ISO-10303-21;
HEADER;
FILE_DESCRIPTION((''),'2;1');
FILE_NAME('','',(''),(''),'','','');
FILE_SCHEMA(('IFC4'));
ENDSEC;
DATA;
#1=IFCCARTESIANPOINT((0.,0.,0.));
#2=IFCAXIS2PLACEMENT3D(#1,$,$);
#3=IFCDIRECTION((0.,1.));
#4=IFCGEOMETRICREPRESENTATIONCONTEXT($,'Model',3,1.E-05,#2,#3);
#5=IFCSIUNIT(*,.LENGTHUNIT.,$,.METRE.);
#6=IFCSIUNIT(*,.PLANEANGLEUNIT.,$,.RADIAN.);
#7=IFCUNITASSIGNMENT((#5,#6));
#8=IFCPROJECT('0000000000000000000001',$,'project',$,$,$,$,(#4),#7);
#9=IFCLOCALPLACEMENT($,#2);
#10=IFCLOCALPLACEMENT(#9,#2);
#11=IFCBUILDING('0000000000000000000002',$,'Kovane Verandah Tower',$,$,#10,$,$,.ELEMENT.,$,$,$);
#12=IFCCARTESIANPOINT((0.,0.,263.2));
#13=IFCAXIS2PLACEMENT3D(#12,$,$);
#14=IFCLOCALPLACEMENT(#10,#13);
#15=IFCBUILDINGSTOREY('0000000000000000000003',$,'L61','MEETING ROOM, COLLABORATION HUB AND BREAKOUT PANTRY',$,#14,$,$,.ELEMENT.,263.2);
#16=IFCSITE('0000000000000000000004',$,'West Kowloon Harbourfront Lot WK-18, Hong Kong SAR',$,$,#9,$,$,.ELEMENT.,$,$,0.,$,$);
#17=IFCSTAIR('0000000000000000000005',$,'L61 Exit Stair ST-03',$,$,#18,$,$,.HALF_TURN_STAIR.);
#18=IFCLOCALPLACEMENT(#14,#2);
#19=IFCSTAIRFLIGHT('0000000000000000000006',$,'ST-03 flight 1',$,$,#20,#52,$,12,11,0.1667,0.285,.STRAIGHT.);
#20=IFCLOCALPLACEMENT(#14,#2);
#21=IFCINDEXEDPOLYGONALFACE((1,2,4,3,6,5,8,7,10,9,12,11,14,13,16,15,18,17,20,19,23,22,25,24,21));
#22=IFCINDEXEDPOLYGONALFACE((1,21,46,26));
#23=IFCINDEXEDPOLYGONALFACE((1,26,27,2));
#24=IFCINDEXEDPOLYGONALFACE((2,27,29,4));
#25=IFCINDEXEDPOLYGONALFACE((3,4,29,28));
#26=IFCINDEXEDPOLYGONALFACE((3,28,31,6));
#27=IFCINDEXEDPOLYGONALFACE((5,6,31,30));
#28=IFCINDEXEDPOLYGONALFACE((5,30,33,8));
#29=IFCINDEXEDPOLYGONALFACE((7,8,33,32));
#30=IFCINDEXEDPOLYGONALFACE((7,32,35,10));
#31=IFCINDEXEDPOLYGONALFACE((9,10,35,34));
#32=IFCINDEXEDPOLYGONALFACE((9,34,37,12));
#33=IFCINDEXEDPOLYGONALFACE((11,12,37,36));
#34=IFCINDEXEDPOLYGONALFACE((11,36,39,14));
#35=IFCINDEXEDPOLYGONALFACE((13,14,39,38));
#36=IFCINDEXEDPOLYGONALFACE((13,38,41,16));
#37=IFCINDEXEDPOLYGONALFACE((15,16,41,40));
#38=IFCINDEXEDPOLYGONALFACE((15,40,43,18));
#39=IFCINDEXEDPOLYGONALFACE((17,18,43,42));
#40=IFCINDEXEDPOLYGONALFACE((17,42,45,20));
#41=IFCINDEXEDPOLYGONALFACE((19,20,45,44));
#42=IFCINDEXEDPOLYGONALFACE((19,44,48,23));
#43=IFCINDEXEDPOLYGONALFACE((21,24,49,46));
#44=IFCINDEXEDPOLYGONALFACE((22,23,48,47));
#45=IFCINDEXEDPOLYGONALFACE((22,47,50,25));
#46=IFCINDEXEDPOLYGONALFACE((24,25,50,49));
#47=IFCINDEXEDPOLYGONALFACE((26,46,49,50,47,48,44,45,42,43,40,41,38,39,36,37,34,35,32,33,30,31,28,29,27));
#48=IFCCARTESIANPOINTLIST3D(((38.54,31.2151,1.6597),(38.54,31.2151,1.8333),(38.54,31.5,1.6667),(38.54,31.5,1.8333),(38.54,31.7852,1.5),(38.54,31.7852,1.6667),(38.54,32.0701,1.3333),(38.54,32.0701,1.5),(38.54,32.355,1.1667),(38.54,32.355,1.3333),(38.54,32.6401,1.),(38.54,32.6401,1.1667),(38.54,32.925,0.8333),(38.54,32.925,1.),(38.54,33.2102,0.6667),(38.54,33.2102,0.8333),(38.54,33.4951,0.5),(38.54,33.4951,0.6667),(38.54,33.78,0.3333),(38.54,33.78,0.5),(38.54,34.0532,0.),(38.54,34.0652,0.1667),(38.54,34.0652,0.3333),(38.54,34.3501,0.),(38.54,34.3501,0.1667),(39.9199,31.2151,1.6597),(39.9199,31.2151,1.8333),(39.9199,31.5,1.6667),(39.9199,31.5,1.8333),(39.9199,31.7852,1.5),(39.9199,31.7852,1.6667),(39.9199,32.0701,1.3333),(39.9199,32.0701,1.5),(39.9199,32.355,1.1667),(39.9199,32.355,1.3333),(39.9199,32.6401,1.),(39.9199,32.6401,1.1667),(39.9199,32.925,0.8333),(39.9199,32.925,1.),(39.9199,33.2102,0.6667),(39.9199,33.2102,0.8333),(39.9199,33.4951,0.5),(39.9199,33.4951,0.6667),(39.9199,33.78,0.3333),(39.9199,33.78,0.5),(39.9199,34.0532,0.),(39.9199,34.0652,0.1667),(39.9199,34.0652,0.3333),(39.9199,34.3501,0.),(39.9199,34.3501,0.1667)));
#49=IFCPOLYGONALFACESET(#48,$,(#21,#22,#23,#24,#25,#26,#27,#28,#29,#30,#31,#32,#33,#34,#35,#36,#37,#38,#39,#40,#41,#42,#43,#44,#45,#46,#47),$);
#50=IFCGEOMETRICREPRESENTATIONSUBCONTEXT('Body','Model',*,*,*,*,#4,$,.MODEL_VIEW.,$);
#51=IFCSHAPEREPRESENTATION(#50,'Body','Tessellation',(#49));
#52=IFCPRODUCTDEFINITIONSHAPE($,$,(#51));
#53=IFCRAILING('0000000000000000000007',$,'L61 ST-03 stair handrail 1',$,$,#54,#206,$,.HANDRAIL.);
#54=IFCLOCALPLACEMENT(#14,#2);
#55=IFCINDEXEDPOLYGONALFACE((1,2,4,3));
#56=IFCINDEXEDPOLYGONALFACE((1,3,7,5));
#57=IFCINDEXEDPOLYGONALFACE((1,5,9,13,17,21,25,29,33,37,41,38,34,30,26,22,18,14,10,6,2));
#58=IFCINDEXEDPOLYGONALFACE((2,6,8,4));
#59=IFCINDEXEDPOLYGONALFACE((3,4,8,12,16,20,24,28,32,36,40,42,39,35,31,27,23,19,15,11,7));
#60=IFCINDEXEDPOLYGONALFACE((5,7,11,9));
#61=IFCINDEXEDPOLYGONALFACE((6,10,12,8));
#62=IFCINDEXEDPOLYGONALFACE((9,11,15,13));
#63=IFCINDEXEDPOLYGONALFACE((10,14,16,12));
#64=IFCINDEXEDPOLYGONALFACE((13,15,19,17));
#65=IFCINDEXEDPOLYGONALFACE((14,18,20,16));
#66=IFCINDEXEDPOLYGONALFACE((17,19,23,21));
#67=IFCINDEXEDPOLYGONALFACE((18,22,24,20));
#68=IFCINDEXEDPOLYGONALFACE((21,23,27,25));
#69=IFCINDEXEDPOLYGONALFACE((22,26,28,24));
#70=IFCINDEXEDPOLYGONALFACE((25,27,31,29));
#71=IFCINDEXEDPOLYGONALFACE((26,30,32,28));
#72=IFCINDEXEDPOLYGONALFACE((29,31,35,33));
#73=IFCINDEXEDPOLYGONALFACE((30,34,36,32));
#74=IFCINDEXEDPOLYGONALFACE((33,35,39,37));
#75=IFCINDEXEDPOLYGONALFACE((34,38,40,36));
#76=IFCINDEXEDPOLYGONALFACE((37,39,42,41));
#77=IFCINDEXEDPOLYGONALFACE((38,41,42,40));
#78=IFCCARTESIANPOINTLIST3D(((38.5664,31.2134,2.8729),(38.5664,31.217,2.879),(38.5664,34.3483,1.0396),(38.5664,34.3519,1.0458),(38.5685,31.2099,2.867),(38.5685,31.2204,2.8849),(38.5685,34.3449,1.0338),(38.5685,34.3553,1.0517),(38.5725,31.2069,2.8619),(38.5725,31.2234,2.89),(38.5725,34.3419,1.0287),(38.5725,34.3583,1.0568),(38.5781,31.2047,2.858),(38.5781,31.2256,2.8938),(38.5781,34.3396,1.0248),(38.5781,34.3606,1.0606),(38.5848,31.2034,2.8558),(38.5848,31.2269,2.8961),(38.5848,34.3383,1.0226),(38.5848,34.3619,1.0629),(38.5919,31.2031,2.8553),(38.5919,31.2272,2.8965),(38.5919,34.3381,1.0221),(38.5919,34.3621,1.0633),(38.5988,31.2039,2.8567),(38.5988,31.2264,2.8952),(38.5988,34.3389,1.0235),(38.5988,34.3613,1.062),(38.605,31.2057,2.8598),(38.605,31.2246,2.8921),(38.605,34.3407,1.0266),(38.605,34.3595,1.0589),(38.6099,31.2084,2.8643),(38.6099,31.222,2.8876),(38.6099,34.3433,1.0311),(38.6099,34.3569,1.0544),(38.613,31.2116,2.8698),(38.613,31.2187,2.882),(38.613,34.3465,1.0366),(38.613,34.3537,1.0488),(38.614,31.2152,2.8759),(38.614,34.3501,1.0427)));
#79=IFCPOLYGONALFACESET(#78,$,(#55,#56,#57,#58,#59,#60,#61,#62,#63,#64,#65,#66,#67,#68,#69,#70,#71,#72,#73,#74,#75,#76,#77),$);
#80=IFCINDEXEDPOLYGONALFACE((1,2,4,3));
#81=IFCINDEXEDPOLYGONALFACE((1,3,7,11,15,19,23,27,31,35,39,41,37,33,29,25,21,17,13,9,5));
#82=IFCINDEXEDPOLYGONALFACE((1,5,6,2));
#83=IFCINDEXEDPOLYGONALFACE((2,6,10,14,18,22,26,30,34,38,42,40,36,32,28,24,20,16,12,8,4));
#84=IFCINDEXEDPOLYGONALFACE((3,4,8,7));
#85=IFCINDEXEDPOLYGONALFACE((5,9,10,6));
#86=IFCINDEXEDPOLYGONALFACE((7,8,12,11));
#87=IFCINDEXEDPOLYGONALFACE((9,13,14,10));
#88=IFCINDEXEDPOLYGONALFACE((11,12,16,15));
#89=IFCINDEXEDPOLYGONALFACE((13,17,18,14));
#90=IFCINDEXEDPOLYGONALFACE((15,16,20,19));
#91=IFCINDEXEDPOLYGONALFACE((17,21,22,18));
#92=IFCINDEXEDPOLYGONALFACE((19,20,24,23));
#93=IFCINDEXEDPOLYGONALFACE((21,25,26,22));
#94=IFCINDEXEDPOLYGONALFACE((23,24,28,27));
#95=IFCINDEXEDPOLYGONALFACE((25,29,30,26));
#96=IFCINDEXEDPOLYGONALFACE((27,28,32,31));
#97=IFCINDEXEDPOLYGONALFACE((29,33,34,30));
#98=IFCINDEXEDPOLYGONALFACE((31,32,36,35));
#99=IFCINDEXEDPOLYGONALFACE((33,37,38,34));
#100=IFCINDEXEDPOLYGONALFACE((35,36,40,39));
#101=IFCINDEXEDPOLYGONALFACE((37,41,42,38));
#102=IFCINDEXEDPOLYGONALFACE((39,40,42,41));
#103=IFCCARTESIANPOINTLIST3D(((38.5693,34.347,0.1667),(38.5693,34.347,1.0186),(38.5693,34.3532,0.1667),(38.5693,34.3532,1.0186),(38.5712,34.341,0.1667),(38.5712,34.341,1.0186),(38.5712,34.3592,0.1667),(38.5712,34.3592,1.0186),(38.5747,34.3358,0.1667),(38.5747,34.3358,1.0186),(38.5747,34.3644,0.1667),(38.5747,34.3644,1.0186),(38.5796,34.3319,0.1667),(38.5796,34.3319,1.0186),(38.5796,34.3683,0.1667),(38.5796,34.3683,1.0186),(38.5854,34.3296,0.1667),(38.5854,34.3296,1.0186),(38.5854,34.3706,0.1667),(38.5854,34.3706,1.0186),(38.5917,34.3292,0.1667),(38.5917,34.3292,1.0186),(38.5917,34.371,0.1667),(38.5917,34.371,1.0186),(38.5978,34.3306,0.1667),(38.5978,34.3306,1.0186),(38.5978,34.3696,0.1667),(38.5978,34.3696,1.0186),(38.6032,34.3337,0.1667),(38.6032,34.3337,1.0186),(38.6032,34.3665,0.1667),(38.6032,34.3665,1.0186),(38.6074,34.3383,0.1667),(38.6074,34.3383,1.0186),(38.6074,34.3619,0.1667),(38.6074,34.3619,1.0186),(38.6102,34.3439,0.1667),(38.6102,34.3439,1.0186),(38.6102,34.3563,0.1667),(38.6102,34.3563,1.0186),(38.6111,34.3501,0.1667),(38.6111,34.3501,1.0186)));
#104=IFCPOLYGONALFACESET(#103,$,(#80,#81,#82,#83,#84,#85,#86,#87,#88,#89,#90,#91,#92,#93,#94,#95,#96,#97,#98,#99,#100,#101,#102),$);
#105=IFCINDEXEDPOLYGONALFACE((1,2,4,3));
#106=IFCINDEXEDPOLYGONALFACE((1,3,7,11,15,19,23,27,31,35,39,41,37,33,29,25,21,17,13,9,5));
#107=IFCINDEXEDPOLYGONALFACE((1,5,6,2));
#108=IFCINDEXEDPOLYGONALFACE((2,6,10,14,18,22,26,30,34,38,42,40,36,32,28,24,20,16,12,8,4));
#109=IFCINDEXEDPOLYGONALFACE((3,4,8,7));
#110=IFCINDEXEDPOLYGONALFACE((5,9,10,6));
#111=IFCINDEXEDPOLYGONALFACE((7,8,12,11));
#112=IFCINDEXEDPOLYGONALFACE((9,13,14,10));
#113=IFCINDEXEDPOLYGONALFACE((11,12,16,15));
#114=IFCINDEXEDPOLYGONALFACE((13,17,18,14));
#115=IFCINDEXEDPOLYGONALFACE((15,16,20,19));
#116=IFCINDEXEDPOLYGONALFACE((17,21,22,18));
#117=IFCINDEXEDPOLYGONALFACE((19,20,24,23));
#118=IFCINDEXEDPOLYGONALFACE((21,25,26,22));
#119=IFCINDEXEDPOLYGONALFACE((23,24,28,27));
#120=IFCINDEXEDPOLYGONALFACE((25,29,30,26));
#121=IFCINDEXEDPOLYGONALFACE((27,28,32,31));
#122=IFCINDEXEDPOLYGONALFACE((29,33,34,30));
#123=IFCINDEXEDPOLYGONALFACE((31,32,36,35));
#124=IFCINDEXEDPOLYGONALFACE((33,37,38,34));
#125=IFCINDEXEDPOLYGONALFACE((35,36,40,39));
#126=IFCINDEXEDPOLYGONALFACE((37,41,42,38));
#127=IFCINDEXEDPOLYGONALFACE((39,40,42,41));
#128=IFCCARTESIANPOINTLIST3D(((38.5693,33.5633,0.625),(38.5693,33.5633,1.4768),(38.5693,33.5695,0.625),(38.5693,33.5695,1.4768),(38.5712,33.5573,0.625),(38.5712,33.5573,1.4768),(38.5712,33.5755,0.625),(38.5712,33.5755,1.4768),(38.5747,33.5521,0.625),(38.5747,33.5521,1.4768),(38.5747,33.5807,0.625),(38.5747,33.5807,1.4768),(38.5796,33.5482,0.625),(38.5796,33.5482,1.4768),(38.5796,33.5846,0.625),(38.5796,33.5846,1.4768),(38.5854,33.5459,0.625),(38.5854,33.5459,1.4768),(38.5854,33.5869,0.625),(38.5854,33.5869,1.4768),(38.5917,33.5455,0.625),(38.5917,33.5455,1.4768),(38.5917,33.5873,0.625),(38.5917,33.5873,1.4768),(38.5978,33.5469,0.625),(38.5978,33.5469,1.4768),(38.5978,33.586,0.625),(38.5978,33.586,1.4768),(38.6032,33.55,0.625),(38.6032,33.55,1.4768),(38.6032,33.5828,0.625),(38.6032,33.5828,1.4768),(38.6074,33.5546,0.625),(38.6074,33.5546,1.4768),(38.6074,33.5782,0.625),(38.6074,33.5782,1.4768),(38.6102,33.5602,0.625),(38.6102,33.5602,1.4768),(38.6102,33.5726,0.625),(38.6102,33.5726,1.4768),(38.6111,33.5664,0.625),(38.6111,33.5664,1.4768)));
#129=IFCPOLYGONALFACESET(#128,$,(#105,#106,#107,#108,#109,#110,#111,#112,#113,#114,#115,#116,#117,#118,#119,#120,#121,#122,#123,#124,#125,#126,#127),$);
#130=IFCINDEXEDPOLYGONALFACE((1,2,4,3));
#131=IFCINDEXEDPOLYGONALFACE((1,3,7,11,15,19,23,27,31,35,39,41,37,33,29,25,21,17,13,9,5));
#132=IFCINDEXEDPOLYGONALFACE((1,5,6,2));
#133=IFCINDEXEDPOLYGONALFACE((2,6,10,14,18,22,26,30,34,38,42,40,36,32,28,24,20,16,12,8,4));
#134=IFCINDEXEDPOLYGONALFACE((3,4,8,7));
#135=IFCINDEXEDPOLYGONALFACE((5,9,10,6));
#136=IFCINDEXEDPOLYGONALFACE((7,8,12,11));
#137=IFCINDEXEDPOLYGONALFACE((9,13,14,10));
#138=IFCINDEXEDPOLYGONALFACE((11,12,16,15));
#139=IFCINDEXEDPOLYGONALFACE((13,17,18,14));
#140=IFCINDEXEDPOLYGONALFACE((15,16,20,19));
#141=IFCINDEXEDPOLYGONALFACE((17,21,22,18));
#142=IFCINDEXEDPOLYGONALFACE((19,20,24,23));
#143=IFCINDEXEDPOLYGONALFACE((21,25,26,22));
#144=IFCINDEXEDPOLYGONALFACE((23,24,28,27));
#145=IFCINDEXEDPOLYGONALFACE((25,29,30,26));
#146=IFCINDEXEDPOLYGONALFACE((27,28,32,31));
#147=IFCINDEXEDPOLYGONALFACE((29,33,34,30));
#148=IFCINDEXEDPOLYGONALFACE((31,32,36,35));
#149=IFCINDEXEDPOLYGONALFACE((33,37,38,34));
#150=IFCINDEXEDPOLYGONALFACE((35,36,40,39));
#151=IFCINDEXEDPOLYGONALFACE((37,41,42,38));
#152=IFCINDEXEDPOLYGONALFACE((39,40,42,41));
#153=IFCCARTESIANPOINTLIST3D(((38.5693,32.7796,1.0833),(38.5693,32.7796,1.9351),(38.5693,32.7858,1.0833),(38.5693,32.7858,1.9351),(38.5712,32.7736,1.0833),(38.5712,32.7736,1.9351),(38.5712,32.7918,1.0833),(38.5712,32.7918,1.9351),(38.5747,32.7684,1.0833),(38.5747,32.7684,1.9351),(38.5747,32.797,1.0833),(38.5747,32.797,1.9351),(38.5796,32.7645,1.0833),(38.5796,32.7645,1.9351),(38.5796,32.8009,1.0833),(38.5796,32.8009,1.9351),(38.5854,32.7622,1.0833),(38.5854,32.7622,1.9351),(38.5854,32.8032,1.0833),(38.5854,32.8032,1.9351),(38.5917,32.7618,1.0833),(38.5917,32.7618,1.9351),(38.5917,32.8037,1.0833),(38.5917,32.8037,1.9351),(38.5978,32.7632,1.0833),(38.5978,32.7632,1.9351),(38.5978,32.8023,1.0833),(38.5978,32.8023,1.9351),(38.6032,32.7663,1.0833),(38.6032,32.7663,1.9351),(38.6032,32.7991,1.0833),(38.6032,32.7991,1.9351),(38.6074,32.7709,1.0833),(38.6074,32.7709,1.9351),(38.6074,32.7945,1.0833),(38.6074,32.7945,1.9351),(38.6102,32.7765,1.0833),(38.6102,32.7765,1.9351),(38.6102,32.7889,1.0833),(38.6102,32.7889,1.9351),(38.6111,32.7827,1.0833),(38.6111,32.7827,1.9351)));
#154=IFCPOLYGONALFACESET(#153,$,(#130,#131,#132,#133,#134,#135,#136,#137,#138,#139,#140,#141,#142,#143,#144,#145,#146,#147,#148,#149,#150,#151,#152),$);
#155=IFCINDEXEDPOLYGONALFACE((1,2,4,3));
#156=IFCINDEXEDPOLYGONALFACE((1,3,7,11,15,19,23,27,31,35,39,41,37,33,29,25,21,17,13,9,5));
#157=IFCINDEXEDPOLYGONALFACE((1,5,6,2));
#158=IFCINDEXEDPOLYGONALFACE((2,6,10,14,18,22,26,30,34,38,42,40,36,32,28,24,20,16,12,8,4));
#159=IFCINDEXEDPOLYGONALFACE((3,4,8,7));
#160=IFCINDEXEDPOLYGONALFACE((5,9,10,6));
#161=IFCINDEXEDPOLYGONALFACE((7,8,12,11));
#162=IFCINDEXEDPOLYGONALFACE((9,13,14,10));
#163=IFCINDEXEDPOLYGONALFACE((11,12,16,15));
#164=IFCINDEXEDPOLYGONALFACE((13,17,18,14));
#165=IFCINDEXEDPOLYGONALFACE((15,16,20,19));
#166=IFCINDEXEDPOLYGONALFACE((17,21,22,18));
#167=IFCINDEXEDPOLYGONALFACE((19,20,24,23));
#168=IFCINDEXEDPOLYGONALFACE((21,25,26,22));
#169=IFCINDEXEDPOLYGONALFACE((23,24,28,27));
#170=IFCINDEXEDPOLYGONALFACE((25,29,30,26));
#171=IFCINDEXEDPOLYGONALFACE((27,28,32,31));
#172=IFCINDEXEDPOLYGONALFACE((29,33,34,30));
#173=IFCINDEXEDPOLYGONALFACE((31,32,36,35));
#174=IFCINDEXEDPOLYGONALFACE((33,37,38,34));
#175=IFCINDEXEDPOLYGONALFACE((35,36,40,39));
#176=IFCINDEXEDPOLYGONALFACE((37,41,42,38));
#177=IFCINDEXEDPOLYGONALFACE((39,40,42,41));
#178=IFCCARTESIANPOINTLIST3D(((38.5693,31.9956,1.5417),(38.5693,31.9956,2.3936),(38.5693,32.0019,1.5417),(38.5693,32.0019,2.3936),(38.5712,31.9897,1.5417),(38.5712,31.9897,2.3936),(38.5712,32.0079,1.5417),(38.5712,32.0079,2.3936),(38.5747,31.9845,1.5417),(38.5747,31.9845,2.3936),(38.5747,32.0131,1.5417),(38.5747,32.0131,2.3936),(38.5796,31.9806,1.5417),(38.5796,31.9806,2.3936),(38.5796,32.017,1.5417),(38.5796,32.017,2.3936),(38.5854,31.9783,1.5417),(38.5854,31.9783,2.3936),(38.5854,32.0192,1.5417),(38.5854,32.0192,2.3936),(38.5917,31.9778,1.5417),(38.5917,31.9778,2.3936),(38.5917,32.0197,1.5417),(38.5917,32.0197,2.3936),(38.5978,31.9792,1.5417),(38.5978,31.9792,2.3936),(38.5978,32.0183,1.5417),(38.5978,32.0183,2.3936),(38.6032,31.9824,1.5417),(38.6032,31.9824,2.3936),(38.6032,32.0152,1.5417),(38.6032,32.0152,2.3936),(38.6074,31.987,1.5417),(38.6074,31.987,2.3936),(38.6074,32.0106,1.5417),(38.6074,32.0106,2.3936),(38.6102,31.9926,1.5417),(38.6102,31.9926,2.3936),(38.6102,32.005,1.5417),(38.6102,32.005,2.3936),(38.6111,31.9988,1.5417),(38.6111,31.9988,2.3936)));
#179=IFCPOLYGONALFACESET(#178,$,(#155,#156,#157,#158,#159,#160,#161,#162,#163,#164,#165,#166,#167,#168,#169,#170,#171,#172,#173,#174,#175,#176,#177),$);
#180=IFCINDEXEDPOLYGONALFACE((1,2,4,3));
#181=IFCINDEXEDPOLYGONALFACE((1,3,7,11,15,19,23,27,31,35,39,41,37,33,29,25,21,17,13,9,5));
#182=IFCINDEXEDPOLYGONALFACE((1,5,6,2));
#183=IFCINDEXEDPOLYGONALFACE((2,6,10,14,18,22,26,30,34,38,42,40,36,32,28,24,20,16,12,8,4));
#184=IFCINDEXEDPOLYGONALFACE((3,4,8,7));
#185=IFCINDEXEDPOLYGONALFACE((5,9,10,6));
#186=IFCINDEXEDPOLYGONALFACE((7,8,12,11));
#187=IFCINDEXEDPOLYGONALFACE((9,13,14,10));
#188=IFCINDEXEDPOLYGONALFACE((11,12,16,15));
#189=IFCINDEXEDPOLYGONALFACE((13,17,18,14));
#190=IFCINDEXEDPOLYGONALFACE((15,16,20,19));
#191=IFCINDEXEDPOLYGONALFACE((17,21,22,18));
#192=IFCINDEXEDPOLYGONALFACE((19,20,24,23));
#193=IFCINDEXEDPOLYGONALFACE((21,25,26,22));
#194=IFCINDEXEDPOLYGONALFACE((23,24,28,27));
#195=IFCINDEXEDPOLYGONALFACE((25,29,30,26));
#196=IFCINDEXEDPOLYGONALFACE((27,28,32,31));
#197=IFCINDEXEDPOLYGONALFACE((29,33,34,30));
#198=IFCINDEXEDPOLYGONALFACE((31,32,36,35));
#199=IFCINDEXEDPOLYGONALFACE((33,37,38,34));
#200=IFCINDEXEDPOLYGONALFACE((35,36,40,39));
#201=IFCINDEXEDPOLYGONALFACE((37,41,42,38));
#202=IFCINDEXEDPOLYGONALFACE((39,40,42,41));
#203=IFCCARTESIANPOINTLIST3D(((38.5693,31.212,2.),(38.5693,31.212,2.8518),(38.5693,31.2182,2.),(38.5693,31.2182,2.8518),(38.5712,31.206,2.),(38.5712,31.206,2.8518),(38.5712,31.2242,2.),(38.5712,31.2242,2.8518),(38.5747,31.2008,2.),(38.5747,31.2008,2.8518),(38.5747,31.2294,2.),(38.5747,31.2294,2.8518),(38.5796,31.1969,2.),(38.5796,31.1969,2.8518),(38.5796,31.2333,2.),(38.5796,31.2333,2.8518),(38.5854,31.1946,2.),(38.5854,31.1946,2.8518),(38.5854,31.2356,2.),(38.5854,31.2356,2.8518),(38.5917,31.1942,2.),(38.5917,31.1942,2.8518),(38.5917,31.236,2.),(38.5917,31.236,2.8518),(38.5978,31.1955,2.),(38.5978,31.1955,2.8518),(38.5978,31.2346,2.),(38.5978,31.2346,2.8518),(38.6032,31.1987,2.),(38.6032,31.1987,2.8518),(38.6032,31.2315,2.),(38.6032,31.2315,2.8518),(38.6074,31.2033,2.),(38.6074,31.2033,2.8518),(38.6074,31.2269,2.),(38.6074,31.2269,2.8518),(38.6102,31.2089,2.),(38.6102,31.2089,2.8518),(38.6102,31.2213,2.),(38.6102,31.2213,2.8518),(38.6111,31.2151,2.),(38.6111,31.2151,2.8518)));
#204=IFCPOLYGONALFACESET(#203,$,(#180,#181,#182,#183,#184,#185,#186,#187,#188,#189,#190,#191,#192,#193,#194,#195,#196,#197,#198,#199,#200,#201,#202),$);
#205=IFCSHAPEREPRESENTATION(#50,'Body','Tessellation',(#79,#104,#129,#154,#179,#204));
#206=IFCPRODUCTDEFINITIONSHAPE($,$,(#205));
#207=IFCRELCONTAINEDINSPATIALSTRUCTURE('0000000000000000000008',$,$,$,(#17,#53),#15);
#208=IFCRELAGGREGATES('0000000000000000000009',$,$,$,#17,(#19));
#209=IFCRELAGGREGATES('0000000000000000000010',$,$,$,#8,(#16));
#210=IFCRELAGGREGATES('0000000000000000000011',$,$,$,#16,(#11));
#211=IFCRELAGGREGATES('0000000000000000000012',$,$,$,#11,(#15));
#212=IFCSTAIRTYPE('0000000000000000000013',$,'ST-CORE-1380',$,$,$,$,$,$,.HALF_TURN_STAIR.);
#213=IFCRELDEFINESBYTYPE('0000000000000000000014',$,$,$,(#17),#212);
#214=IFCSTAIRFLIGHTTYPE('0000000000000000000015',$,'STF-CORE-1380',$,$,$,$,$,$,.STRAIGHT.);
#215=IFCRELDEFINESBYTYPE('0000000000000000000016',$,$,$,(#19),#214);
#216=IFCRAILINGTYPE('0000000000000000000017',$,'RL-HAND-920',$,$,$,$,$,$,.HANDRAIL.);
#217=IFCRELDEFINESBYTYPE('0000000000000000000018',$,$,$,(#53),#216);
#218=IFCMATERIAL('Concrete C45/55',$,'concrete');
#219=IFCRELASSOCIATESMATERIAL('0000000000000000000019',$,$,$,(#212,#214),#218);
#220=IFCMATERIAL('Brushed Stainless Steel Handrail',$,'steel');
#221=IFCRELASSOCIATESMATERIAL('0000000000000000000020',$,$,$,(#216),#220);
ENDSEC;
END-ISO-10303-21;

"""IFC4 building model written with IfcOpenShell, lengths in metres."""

from ifc_helpers import new_model, si_unit, direction, frame, origin, origin_2d, place, context, subcontext, project, spatial, polyline, circle, outline, extrude, material, type_object, element, aggregate, save


model = new_model("IFC4")

# Units and contexts
model_context = context("Model", 3, precision=1e-05, world=origin(), true_north=direction((0.0, 1.0)))
body_context = subcontext(model_context, "Body", "Model", "MODEL_VIEW")
ifc_project = project(units=[si_unit("LENGTHUNIT", "METRE"), si_unit("PLANEANGLEUNIT", "RADIAN")], contexts=[model_context])

# Site, building, storey
site_placement = place(None, origin())
site = spatial("IfcSite", under=ifc_project, at=site_placement, Name="West Kowloon Harbourfront Lot WK-18, Hong Kong SAR", CompositionType="ELEMENT", RefElevation=0.0)
building_placement = place(site_placement, origin())
building = spatial("IfcBuilding", under=site, at=building_placement, Name="Kovane Verandah Tower", CompositionType="ELEMENT")
storey_placement = place(building_placement, frame((0.0, 0.0, 263.2)))
storey = spatial("IfcBuildingStorey", under=building, at=storey_placement, Name="L61", Description="MEETING ROOM, COLLABORATION HUB AND BREAKOUT PANTRY", CompositionType="ELEMENT", Elevation=263.2)

# Stair, stair flight
ifc_material_1 = material(Name="Concrete C45/55", Category="concrete")
stair_type = type_object("IfcStairType", Name="ST-CORE-1380", PredefinedType="HALF_TURN_STAIR", material=ifc_material_1)
stair_placement = place(storey_placement, origin())
stair = element("IfcStair", 1, at=stair_placement, inside=storey, type_object=stair_type, Name="L61 Exit Stair ST-03", PredefinedType="HALF_TURN_STAIR")
stair_flight_type = type_object("IfcStairFlightType", Name="STF-CORE-1380", PredefinedType="STRAIGHT", material=ifc_material_1)
stair_flight_placement = place(storey_placement, frame((39.23, 34.3501, 0.0), z_axis=(0.0, 0.0, 1.0), x_axis=(0.0, -1.0, 0.0)))
stair_flight = element("IfcStairFlight", 2, at=stair_flight_placement, type_object=stair_flight_type, Name="ST-03 flight 1", NumberOfRisers=12, NumberOfTreads=11, PredefinedType="STRAIGHT", RiserHeight=0.1667, TreadLength=0.285, context=body_context, shape_type="SweptSolid", body=[
    extrude(outline(polyline([(0.0, 0.0), (0.0, 0.1667), (0.2849, 0.1667), (0.2849, 0.3333), (0.5701, 0.3333), (0.5701, 0.5), (0.855, 0.5), (0.855, 0.6667), (1.1399, 0.6667), (1.1399, 0.8333), (1.425, 0.8333), (1.425, 1.0), (1.71, 1.0), (1.71, 1.1667), (1.9951, 1.1667), (1.9951, 1.3333), (2.28, 1.3333), (2.28, 1.5), (2.5649, 1.5), (2.5649, 1.6667), (2.8501, 1.6667), (2.8501, 1.8333), (3.135, 1.8333), (3.135, 2.0), (3.135, 1.6597), (0.2969, 0.0), (0.0, 0.0)])), frame((0.0, 0.6899, 0.0), z_axis=(0.0, -1.0, 0.0), x_axis=(1.0, 0.0, 0.0)), (0.0, 0.0, 1.0), 1.3799),
])
aggregate(stair, [stair_flight])

# Railing
ifc_material_2 = material(Name="Brushed Stainless Steel Handrail", Category="steel")
railing_type_1 = type_object("IfcRailingType", Name="RL-HAND-920", PredefinedType="HANDRAIL", material=ifc_material_2)
railing_1_placement = place(storey_placement, frame((38.5901, 34.3501, 0.1667)))
element("IfcRailing", 3, at=railing_1_placement, inside=storey, type_object=railing_type_1, Name="L61 ST-03 stair handrail 1", PredefinedType="HANDRAIL", context=body_context, shape_type="SweptSolid", body=[
    extrude(circle(Radius=0.0239, at=origin_2d()), frame((0.0, 0.0, 0.876), z_axis=(0.0, -0.86324, 0.504794), x_axis=(1.0, 0.0, 0.0)), (0.0, 0.0, 1.0), 3.6316),
    extrude(circle(Radius=0.021, at=origin_2d()), origin(), (0.0, 0.0, 1.0), 0.8518),
    extrude(circle(Radius=0.021, at=origin_2d()), frame((0.0, -0.7837, 0.4583)), (0.0, 0.0, 1.0), 0.8518),
    extrude(circle(Radius=0.021, at=origin_2d()), frame((0.0, -1.5674, 0.9165)), (0.0, 0.0, 1.0), 0.8518),
    extrude(circle(Radius=0.021, at=origin_2d()), frame((0.0, -2.3513, 1.375)), (0.0, 0.0, 1.0), 0.8518),
    extrude(circle(Radius=0.021, at=origin_2d()), frame((0.0, -3.135, 1.8333)), (0.0, 0.0, 1.0), 0.8518),
])

save(model, "model.ifc")
